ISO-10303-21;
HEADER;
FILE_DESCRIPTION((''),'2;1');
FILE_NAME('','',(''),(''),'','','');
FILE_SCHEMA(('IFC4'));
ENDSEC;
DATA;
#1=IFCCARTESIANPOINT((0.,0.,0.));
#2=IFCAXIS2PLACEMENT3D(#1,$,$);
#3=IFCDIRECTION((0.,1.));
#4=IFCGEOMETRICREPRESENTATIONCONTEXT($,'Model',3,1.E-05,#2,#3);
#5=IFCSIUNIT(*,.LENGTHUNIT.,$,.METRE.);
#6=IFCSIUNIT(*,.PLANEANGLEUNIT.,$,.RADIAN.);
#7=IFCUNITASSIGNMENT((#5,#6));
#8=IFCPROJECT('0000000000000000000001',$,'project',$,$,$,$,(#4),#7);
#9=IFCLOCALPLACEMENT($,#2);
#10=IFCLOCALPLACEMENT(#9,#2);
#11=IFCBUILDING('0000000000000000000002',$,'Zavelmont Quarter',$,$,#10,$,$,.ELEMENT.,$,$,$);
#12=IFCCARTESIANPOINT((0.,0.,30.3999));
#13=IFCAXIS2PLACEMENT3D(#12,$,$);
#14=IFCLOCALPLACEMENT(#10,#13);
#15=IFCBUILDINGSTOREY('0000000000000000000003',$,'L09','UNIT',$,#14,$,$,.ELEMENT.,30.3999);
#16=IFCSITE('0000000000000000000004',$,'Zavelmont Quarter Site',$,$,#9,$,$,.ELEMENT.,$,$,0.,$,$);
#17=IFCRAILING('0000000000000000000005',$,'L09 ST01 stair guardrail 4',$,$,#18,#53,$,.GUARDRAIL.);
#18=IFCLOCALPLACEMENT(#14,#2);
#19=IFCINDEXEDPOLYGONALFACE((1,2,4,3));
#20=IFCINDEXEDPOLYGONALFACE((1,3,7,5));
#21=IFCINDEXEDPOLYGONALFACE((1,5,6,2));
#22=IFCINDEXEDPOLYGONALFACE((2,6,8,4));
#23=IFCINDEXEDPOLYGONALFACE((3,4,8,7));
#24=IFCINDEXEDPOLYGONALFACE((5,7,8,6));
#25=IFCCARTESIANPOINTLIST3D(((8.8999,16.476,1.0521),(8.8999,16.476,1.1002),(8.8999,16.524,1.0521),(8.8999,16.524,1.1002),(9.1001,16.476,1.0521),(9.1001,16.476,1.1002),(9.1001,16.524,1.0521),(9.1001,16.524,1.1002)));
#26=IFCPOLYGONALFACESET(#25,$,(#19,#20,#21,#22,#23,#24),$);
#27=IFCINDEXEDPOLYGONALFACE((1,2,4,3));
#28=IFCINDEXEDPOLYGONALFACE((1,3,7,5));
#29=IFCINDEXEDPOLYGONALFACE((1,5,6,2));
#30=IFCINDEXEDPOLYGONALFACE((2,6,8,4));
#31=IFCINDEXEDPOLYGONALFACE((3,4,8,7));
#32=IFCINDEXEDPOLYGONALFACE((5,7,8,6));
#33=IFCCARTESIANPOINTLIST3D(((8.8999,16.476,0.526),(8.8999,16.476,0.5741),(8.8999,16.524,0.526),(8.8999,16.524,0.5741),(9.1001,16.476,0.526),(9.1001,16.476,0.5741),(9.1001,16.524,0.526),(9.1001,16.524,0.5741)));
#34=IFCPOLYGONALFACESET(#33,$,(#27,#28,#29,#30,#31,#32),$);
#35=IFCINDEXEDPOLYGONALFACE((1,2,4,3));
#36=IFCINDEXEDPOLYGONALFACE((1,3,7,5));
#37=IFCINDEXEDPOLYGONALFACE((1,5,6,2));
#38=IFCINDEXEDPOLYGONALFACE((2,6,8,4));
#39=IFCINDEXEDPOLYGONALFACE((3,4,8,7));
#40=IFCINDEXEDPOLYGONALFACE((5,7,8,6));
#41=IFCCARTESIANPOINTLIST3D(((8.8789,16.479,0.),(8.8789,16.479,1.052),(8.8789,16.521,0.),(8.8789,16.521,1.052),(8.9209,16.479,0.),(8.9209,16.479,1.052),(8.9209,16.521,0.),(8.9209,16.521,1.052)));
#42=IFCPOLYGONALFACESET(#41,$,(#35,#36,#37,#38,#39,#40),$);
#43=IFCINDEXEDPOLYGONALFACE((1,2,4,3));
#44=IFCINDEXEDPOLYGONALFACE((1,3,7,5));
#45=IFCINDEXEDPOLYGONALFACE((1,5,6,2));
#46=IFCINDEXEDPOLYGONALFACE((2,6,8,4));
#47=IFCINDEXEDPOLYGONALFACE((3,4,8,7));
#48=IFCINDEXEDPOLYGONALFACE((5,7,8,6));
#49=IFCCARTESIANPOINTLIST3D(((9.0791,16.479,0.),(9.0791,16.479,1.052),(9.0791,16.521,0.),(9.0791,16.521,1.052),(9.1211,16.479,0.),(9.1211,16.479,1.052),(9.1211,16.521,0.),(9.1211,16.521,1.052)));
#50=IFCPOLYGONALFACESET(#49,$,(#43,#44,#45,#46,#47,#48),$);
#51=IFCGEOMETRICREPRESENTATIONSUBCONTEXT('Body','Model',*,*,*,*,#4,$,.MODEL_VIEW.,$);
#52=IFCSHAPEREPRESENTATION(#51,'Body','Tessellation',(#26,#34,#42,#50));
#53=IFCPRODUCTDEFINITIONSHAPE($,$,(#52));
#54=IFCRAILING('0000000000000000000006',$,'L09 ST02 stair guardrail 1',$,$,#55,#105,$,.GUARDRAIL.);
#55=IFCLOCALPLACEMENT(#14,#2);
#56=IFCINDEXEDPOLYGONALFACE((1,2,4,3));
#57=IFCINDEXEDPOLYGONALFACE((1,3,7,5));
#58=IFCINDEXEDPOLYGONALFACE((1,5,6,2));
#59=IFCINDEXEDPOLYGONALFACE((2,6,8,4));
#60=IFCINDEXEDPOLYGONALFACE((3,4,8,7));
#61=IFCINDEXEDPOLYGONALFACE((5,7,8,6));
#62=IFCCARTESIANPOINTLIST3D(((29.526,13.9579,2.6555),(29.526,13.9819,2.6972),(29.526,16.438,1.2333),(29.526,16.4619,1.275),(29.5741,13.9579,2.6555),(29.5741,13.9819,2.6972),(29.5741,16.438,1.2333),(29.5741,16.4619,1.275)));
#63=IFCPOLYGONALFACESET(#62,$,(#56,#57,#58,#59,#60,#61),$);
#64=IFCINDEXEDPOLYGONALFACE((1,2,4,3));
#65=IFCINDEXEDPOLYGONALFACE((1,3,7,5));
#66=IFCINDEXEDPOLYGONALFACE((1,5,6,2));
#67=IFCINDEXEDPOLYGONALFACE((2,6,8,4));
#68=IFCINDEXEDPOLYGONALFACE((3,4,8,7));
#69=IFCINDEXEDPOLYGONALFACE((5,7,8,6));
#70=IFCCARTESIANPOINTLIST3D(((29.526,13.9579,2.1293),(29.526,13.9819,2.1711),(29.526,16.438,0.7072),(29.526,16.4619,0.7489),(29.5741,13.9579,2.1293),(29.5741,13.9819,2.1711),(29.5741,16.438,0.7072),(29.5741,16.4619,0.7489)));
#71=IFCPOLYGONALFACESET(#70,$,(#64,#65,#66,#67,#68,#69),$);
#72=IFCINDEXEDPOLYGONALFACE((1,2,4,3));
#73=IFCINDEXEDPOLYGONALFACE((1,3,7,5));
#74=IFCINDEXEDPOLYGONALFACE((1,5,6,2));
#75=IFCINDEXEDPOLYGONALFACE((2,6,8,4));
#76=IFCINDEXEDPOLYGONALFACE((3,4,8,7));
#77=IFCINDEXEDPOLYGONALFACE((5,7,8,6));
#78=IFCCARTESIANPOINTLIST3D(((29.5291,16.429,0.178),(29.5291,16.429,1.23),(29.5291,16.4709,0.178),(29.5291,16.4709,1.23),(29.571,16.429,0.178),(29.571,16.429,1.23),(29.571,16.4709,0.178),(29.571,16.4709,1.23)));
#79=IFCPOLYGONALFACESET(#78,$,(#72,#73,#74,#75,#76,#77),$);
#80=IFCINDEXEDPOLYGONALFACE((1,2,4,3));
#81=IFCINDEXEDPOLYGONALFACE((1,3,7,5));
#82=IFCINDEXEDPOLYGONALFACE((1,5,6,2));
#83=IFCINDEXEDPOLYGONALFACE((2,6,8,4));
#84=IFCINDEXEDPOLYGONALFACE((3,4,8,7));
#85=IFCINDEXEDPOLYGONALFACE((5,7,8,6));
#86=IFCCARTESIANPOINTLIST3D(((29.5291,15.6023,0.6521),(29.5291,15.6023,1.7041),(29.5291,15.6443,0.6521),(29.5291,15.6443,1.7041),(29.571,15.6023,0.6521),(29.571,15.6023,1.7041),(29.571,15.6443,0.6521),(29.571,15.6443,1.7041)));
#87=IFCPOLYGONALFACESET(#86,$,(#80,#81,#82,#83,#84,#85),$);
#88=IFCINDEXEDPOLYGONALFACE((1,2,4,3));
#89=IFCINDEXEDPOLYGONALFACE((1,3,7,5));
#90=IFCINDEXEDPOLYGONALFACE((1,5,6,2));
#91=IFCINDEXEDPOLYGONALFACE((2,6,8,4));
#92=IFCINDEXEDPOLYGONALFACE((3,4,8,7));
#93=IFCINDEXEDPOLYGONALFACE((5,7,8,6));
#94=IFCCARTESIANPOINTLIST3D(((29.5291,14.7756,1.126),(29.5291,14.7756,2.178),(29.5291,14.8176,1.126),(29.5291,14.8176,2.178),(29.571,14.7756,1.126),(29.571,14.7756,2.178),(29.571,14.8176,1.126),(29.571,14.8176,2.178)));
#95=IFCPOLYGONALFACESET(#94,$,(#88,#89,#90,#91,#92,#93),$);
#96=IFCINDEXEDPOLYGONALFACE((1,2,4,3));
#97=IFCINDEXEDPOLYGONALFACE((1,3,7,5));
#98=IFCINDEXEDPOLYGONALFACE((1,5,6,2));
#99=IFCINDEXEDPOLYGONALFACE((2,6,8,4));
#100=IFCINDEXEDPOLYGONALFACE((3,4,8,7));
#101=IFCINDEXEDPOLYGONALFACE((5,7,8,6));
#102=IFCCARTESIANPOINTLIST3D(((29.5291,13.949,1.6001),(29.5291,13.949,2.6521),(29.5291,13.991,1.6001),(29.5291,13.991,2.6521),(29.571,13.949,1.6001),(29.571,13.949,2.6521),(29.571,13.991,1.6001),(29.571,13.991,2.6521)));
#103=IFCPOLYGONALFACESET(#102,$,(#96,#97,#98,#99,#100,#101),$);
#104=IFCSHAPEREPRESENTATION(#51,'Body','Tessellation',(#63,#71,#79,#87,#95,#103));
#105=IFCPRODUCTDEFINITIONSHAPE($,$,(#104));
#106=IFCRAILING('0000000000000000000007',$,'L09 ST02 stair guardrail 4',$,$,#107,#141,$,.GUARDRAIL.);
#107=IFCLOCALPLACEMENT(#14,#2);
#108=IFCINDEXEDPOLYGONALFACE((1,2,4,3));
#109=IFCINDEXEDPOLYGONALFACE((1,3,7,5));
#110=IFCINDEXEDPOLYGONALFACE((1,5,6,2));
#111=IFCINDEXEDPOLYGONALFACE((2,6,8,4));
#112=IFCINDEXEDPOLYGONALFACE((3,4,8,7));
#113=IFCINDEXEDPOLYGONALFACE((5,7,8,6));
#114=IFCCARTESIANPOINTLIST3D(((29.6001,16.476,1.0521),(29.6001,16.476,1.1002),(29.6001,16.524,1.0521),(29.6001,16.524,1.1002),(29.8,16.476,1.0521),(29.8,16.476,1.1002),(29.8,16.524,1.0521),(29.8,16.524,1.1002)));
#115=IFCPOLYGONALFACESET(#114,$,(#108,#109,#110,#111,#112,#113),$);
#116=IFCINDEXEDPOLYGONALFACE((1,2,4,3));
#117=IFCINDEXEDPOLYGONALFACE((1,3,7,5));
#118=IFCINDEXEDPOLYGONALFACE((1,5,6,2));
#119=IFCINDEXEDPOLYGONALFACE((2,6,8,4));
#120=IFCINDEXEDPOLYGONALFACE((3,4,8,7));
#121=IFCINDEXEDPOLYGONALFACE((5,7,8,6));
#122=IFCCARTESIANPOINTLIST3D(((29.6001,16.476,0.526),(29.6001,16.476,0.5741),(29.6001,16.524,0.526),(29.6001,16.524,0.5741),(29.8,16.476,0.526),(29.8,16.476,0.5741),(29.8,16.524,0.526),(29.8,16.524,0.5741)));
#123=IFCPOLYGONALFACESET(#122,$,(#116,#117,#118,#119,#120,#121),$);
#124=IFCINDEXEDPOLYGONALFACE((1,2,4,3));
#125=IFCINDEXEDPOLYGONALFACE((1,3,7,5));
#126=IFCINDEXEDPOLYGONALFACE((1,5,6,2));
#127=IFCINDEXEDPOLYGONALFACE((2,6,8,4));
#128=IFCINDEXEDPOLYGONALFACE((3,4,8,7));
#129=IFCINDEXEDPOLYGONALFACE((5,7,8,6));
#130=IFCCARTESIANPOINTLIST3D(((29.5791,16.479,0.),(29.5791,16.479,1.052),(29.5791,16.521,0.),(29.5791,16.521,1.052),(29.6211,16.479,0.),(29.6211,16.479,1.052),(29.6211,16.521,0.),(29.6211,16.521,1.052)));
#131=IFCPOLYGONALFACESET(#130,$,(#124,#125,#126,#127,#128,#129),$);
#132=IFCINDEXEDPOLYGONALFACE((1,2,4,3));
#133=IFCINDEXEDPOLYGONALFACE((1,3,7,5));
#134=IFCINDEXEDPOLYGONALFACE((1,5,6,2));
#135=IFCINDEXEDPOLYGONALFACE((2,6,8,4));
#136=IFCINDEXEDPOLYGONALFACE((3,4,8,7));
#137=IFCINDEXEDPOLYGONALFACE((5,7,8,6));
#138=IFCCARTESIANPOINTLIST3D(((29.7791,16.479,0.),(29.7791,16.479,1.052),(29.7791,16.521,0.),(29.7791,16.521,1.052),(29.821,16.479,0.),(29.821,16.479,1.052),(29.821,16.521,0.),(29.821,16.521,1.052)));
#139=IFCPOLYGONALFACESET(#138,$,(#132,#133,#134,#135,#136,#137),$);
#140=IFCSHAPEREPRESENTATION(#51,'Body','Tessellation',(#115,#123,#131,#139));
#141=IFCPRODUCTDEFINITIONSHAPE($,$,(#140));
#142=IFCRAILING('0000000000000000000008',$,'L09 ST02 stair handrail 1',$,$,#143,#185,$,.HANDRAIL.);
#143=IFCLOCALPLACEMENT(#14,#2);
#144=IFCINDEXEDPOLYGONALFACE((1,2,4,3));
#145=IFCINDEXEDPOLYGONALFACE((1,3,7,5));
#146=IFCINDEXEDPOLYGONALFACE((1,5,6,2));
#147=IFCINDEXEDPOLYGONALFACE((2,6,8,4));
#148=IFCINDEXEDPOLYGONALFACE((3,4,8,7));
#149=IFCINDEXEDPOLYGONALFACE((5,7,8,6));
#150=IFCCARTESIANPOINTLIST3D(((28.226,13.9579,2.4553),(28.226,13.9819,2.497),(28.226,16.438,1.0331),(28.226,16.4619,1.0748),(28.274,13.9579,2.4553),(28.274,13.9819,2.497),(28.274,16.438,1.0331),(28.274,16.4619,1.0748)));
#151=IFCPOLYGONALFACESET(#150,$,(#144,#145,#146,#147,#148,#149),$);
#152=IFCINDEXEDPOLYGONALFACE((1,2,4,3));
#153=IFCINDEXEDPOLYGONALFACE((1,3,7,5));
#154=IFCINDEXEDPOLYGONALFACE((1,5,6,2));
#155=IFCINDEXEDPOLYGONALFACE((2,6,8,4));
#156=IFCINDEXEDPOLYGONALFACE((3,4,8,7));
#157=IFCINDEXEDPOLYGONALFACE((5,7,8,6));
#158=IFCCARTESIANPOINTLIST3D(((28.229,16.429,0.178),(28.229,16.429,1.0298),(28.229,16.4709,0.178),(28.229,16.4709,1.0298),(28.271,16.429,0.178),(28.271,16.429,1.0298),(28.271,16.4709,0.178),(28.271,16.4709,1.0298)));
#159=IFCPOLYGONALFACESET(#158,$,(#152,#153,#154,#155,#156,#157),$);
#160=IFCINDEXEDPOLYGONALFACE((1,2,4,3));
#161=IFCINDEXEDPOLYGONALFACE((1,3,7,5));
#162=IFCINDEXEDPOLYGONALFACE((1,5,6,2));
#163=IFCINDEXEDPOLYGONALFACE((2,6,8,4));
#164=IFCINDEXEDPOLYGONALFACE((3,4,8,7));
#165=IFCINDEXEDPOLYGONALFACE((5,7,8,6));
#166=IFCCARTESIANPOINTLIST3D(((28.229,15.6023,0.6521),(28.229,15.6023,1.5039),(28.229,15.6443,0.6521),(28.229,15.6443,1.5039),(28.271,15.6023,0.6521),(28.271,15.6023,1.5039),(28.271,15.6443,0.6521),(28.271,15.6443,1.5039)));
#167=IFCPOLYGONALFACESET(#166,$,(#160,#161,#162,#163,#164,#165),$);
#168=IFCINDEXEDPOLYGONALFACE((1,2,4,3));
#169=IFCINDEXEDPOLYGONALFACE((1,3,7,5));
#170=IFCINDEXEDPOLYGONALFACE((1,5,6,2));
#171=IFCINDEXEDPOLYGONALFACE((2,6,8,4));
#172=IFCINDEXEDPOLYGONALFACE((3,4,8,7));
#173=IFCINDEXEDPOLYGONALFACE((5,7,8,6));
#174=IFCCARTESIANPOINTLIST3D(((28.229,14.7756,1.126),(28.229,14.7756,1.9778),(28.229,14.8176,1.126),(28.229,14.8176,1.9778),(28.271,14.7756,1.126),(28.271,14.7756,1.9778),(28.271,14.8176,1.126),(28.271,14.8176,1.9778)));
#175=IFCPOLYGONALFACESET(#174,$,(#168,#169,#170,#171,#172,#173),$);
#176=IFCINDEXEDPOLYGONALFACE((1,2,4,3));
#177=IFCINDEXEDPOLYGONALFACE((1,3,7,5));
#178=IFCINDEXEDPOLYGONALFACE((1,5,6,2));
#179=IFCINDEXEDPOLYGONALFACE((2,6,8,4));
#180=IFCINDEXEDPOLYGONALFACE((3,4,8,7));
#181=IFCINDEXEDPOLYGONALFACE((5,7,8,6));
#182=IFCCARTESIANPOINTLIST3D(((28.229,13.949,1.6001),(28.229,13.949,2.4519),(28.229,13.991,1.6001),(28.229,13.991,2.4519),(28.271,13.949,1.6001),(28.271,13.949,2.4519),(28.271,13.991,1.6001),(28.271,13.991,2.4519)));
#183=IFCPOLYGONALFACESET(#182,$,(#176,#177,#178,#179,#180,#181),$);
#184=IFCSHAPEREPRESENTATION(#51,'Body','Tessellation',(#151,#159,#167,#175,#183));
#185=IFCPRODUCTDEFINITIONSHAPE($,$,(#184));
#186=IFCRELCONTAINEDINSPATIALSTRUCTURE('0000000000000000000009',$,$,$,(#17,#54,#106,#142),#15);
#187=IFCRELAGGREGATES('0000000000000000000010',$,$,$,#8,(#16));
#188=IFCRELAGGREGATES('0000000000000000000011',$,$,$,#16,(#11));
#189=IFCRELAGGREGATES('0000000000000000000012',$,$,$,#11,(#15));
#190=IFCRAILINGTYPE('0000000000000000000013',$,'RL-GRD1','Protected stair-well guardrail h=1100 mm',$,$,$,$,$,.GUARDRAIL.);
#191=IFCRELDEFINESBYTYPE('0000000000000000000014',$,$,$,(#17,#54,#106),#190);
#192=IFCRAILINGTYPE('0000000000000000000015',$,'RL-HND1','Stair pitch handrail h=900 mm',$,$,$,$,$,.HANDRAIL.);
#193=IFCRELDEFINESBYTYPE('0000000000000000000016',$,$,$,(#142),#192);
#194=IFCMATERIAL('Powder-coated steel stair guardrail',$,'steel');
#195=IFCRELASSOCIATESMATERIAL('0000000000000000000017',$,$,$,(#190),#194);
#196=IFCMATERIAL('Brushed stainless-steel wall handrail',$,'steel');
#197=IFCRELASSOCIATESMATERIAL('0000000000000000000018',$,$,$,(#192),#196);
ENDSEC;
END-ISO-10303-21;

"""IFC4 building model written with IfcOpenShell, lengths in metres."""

from ifc_helpers import new_model, si_unit, direction, frame, origin, origin_2d, place, context, subcontext, project, spatial, rectangle, extrude, material, type_object, element, save


model = new_model("IFC4")

# Units and contexts
model_context = context("Model", 3, precision=1e-05, world=origin(), true_north=direction((0.0, 1.0)))
body_context = subcontext(model_context, "Body", "Model", "MODEL_VIEW")
ifc_project = project(units=[si_unit("LENGTHUNIT", "METRE"), si_unit("PLANEANGLEUNIT", "RADIAN")], contexts=[model_context])

# Site, building, storey
site_placement = place(None, origin())
site = spatial("IfcSite", under=ifc_project, at=site_placement, Name="Zavelmont Quarter Site", CompositionType="ELEMENT", RefElevation=0.0)
building_placement = place(site_placement, origin())
building = spatial("IfcBuilding", under=site, at=building_placement, Name="Zavelmont Quarter", CompositionType="ELEMENT")
storey_placement = place(building_placement, frame((0.0, 0.0, 30.3999)))
storey = spatial("IfcBuildingStorey", under=building, at=storey_placement, Name="L09", Description="UNIT", CompositionType="ELEMENT", Elevation=30.3999)

# Railings
ifc_material_1 = material(Name="Powder-coated steel stair guardrail", Category="steel")
railing_type_1 = type_object("IfcRailingType", Name="RL-GRD1", Description="Protected stair-well guardrail h=1100 mm", PredefinedType="GUARDRAIL", material=ifc_material_1)
railing_1_placement = place(storey_placement, frame((8.8999, 16.5, 0.0)))
element("IfcRailing", 1, at=railing_1_placement, inside=storey, type_object=railing_type_1, Name="L09 ST01 stair guardrail 4", PredefinedType="GUARDRAIL", context=body_context, shape_type="SweptSolid", body=[
    extrude(rectangle(XDim=0.0481, YDim=0.0481, at=origin_2d()), frame((0.0, 0.0, 1.0762), z_axis=(1.0, 0.0, 0.0), x_axis=(0.0, 1.0, 0.0)), (0.0, 0.0, 1.0), 0.2002),
    extrude(rectangle(XDim=0.0481, YDim=0.0481, at=origin_2d()), frame((0.0, 0.0, 0.55), z_axis=(1.0, 0.0, 0.0), x_axis=(0.0, 1.0, 0.0)), (0.0, 0.0, 1.0), 0.2002),
    extrude(rectangle(XDim=0.042, YDim=0.042, at=origin_2d()), origin(), (0.0, 0.0, 1.0), 1.052),
    extrude(rectangle(XDim=0.042, YDim=0.042, at=origin_2d()), frame((0.2002, 0.0, 0.0)), (0.0, 0.0, 1.0), 1.052),
])
railing_2_placement = place(storey_placement, frame((29.55, 16.45, 0.178)))
element("IfcRailing", 2, at=railing_2_placement, inside=storey, type_object=railing_type_1, Name="L09 ST02 stair guardrail 1", PredefinedType="GUARDRAIL", context=body_context, shape_type="SweptSolid", body=[
    extrude(rectangle(XDim=0.0481, YDim=0.0481, at=origin_2d()), frame((0.0, 0.0, 1.0762), z_axis=(0.0, -0.867491, 0.497454), x_axis=(1.0, 0.0, 0.0)), (0.0, 0.0, 1.0), 2.8589),
    extrude(rectangle(XDim=0.0481, YDim=0.0481, at=origin_2d()), frame((0.0, 0.0, 0.55), z_axis=(0.0, -0.867491, 0.497454), x_axis=(1.0, 0.0, 0.0)), (0.0, 0.0, 1.0), 2.8589),
    extrude(rectangle(XDim=0.042, YDim=0.042, at=origin_2d()), origin(), (0.0, 0.0, 1.0), 1.052),
    extrude(rectangle(XDim=0.042, YDim=0.042, at=origin_2d()), frame((0.0, -0.8267, 0.4741)), (0.0, 0.0, 1.0), 1.052),
    extrude(rectangle(XDim=0.042, YDim=0.042, at=origin_2d()), frame((0.0, -1.6533, 0.948)), (0.0, 0.0, 1.0), 1.052),
    extrude(rectangle(XDim=0.042, YDim=0.042, at=origin_2d()), frame((0.0, -2.48, 1.4221)), (0.0, 0.0, 1.0), 1.052),
])
railing_3_placement = place(storey_placement, frame((29.6001, 16.5, 0.0)))
element("IfcRailing", 3, at=railing_3_placement, inside=storey, type_object=railing_type_1, Name="L09 ST02 stair guardrail 4", PredefinedType="GUARDRAIL", context=body_context, shape_type="SweptSolid", body=[
    extrude(rectangle(XDim=0.0481, YDim=0.0481, at=origin_2d()), frame((0.0, 0.0, 1.0762), z_axis=(1.0, 0.0, 0.0), x_axis=(0.0, 1.0, 0.0)), (0.0, 0.0, 1.0), 0.2),
    extrude(rectangle(XDim=0.0481, YDim=0.0481, at=origin_2d()), frame((0.0, 0.0, 0.55), z_axis=(1.0, 0.0, 0.0), x_axis=(0.0, 1.0, 0.0)), (0.0, 0.0, 1.0), 0.2),
    extrude(rectangle(XDim=0.042, YDim=0.042, at=origin_2d()), origin(), (0.0, 0.0, 1.0), 1.052),
    extrude(rectangle(XDim=0.042, YDim=0.042, at=origin_2d()), frame((0.2, 0.0, 0.0)), (0.0, 0.0, 1.0), 1.052),
])
ifc_material_2 = material(Name="Brushed stainless-steel wall handrail", Category="steel")
railing_type_2 = type_object("IfcRailingType", Name="RL-HND1", Description="Stair pitch handrail h=900 mm", PredefinedType="HANDRAIL", material=ifc_material_2)
railing_4_placement = place(storey_placement, frame((28.25, 16.45, 0.178)))
element("IfcRailing", 4, at=railing_4_placement, inside=storey, type_object=railing_type_2, Name="L09 ST02 stair handrail 1", PredefinedType="HANDRAIL", context=body_context, shape_type="SweptSolid", body=[
    extrude(rectangle(XDim=0.0481, YDim=0.0481, at=origin_2d()), frame((0.0, 0.0, 0.876), z_axis=(0.0, -0.867491, 0.497454), x_axis=(1.0, 0.0, 0.0)), (0.0, 0.0, 1.0), 2.8589),
    extrude(rectangle(XDim=0.042, YDim=0.042, at=origin_2d()), origin(), (0.0, 0.0, 1.0), 0.8518),
    extrude(rectangle(XDim=0.042, YDim=0.042, at=origin_2d()), frame((0.0, -0.8267, 0.4741)), (0.0, 0.0, 1.0), 0.8518),
    extrude(rectangle(XDim=0.042, YDim=0.042, at=origin_2d()), frame((0.0, -1.6533, 0.948)), (0.0, 0.0, 1.0), 0.8518),
    extrude(rectangle(XDim=0.042, YDim=0.042, at=origin_2d()), frame((0.0, -2.48, 1.4221)), (0.0, 0.0, 1.0), 0.8518),
])

save(model, "model.ifc")
